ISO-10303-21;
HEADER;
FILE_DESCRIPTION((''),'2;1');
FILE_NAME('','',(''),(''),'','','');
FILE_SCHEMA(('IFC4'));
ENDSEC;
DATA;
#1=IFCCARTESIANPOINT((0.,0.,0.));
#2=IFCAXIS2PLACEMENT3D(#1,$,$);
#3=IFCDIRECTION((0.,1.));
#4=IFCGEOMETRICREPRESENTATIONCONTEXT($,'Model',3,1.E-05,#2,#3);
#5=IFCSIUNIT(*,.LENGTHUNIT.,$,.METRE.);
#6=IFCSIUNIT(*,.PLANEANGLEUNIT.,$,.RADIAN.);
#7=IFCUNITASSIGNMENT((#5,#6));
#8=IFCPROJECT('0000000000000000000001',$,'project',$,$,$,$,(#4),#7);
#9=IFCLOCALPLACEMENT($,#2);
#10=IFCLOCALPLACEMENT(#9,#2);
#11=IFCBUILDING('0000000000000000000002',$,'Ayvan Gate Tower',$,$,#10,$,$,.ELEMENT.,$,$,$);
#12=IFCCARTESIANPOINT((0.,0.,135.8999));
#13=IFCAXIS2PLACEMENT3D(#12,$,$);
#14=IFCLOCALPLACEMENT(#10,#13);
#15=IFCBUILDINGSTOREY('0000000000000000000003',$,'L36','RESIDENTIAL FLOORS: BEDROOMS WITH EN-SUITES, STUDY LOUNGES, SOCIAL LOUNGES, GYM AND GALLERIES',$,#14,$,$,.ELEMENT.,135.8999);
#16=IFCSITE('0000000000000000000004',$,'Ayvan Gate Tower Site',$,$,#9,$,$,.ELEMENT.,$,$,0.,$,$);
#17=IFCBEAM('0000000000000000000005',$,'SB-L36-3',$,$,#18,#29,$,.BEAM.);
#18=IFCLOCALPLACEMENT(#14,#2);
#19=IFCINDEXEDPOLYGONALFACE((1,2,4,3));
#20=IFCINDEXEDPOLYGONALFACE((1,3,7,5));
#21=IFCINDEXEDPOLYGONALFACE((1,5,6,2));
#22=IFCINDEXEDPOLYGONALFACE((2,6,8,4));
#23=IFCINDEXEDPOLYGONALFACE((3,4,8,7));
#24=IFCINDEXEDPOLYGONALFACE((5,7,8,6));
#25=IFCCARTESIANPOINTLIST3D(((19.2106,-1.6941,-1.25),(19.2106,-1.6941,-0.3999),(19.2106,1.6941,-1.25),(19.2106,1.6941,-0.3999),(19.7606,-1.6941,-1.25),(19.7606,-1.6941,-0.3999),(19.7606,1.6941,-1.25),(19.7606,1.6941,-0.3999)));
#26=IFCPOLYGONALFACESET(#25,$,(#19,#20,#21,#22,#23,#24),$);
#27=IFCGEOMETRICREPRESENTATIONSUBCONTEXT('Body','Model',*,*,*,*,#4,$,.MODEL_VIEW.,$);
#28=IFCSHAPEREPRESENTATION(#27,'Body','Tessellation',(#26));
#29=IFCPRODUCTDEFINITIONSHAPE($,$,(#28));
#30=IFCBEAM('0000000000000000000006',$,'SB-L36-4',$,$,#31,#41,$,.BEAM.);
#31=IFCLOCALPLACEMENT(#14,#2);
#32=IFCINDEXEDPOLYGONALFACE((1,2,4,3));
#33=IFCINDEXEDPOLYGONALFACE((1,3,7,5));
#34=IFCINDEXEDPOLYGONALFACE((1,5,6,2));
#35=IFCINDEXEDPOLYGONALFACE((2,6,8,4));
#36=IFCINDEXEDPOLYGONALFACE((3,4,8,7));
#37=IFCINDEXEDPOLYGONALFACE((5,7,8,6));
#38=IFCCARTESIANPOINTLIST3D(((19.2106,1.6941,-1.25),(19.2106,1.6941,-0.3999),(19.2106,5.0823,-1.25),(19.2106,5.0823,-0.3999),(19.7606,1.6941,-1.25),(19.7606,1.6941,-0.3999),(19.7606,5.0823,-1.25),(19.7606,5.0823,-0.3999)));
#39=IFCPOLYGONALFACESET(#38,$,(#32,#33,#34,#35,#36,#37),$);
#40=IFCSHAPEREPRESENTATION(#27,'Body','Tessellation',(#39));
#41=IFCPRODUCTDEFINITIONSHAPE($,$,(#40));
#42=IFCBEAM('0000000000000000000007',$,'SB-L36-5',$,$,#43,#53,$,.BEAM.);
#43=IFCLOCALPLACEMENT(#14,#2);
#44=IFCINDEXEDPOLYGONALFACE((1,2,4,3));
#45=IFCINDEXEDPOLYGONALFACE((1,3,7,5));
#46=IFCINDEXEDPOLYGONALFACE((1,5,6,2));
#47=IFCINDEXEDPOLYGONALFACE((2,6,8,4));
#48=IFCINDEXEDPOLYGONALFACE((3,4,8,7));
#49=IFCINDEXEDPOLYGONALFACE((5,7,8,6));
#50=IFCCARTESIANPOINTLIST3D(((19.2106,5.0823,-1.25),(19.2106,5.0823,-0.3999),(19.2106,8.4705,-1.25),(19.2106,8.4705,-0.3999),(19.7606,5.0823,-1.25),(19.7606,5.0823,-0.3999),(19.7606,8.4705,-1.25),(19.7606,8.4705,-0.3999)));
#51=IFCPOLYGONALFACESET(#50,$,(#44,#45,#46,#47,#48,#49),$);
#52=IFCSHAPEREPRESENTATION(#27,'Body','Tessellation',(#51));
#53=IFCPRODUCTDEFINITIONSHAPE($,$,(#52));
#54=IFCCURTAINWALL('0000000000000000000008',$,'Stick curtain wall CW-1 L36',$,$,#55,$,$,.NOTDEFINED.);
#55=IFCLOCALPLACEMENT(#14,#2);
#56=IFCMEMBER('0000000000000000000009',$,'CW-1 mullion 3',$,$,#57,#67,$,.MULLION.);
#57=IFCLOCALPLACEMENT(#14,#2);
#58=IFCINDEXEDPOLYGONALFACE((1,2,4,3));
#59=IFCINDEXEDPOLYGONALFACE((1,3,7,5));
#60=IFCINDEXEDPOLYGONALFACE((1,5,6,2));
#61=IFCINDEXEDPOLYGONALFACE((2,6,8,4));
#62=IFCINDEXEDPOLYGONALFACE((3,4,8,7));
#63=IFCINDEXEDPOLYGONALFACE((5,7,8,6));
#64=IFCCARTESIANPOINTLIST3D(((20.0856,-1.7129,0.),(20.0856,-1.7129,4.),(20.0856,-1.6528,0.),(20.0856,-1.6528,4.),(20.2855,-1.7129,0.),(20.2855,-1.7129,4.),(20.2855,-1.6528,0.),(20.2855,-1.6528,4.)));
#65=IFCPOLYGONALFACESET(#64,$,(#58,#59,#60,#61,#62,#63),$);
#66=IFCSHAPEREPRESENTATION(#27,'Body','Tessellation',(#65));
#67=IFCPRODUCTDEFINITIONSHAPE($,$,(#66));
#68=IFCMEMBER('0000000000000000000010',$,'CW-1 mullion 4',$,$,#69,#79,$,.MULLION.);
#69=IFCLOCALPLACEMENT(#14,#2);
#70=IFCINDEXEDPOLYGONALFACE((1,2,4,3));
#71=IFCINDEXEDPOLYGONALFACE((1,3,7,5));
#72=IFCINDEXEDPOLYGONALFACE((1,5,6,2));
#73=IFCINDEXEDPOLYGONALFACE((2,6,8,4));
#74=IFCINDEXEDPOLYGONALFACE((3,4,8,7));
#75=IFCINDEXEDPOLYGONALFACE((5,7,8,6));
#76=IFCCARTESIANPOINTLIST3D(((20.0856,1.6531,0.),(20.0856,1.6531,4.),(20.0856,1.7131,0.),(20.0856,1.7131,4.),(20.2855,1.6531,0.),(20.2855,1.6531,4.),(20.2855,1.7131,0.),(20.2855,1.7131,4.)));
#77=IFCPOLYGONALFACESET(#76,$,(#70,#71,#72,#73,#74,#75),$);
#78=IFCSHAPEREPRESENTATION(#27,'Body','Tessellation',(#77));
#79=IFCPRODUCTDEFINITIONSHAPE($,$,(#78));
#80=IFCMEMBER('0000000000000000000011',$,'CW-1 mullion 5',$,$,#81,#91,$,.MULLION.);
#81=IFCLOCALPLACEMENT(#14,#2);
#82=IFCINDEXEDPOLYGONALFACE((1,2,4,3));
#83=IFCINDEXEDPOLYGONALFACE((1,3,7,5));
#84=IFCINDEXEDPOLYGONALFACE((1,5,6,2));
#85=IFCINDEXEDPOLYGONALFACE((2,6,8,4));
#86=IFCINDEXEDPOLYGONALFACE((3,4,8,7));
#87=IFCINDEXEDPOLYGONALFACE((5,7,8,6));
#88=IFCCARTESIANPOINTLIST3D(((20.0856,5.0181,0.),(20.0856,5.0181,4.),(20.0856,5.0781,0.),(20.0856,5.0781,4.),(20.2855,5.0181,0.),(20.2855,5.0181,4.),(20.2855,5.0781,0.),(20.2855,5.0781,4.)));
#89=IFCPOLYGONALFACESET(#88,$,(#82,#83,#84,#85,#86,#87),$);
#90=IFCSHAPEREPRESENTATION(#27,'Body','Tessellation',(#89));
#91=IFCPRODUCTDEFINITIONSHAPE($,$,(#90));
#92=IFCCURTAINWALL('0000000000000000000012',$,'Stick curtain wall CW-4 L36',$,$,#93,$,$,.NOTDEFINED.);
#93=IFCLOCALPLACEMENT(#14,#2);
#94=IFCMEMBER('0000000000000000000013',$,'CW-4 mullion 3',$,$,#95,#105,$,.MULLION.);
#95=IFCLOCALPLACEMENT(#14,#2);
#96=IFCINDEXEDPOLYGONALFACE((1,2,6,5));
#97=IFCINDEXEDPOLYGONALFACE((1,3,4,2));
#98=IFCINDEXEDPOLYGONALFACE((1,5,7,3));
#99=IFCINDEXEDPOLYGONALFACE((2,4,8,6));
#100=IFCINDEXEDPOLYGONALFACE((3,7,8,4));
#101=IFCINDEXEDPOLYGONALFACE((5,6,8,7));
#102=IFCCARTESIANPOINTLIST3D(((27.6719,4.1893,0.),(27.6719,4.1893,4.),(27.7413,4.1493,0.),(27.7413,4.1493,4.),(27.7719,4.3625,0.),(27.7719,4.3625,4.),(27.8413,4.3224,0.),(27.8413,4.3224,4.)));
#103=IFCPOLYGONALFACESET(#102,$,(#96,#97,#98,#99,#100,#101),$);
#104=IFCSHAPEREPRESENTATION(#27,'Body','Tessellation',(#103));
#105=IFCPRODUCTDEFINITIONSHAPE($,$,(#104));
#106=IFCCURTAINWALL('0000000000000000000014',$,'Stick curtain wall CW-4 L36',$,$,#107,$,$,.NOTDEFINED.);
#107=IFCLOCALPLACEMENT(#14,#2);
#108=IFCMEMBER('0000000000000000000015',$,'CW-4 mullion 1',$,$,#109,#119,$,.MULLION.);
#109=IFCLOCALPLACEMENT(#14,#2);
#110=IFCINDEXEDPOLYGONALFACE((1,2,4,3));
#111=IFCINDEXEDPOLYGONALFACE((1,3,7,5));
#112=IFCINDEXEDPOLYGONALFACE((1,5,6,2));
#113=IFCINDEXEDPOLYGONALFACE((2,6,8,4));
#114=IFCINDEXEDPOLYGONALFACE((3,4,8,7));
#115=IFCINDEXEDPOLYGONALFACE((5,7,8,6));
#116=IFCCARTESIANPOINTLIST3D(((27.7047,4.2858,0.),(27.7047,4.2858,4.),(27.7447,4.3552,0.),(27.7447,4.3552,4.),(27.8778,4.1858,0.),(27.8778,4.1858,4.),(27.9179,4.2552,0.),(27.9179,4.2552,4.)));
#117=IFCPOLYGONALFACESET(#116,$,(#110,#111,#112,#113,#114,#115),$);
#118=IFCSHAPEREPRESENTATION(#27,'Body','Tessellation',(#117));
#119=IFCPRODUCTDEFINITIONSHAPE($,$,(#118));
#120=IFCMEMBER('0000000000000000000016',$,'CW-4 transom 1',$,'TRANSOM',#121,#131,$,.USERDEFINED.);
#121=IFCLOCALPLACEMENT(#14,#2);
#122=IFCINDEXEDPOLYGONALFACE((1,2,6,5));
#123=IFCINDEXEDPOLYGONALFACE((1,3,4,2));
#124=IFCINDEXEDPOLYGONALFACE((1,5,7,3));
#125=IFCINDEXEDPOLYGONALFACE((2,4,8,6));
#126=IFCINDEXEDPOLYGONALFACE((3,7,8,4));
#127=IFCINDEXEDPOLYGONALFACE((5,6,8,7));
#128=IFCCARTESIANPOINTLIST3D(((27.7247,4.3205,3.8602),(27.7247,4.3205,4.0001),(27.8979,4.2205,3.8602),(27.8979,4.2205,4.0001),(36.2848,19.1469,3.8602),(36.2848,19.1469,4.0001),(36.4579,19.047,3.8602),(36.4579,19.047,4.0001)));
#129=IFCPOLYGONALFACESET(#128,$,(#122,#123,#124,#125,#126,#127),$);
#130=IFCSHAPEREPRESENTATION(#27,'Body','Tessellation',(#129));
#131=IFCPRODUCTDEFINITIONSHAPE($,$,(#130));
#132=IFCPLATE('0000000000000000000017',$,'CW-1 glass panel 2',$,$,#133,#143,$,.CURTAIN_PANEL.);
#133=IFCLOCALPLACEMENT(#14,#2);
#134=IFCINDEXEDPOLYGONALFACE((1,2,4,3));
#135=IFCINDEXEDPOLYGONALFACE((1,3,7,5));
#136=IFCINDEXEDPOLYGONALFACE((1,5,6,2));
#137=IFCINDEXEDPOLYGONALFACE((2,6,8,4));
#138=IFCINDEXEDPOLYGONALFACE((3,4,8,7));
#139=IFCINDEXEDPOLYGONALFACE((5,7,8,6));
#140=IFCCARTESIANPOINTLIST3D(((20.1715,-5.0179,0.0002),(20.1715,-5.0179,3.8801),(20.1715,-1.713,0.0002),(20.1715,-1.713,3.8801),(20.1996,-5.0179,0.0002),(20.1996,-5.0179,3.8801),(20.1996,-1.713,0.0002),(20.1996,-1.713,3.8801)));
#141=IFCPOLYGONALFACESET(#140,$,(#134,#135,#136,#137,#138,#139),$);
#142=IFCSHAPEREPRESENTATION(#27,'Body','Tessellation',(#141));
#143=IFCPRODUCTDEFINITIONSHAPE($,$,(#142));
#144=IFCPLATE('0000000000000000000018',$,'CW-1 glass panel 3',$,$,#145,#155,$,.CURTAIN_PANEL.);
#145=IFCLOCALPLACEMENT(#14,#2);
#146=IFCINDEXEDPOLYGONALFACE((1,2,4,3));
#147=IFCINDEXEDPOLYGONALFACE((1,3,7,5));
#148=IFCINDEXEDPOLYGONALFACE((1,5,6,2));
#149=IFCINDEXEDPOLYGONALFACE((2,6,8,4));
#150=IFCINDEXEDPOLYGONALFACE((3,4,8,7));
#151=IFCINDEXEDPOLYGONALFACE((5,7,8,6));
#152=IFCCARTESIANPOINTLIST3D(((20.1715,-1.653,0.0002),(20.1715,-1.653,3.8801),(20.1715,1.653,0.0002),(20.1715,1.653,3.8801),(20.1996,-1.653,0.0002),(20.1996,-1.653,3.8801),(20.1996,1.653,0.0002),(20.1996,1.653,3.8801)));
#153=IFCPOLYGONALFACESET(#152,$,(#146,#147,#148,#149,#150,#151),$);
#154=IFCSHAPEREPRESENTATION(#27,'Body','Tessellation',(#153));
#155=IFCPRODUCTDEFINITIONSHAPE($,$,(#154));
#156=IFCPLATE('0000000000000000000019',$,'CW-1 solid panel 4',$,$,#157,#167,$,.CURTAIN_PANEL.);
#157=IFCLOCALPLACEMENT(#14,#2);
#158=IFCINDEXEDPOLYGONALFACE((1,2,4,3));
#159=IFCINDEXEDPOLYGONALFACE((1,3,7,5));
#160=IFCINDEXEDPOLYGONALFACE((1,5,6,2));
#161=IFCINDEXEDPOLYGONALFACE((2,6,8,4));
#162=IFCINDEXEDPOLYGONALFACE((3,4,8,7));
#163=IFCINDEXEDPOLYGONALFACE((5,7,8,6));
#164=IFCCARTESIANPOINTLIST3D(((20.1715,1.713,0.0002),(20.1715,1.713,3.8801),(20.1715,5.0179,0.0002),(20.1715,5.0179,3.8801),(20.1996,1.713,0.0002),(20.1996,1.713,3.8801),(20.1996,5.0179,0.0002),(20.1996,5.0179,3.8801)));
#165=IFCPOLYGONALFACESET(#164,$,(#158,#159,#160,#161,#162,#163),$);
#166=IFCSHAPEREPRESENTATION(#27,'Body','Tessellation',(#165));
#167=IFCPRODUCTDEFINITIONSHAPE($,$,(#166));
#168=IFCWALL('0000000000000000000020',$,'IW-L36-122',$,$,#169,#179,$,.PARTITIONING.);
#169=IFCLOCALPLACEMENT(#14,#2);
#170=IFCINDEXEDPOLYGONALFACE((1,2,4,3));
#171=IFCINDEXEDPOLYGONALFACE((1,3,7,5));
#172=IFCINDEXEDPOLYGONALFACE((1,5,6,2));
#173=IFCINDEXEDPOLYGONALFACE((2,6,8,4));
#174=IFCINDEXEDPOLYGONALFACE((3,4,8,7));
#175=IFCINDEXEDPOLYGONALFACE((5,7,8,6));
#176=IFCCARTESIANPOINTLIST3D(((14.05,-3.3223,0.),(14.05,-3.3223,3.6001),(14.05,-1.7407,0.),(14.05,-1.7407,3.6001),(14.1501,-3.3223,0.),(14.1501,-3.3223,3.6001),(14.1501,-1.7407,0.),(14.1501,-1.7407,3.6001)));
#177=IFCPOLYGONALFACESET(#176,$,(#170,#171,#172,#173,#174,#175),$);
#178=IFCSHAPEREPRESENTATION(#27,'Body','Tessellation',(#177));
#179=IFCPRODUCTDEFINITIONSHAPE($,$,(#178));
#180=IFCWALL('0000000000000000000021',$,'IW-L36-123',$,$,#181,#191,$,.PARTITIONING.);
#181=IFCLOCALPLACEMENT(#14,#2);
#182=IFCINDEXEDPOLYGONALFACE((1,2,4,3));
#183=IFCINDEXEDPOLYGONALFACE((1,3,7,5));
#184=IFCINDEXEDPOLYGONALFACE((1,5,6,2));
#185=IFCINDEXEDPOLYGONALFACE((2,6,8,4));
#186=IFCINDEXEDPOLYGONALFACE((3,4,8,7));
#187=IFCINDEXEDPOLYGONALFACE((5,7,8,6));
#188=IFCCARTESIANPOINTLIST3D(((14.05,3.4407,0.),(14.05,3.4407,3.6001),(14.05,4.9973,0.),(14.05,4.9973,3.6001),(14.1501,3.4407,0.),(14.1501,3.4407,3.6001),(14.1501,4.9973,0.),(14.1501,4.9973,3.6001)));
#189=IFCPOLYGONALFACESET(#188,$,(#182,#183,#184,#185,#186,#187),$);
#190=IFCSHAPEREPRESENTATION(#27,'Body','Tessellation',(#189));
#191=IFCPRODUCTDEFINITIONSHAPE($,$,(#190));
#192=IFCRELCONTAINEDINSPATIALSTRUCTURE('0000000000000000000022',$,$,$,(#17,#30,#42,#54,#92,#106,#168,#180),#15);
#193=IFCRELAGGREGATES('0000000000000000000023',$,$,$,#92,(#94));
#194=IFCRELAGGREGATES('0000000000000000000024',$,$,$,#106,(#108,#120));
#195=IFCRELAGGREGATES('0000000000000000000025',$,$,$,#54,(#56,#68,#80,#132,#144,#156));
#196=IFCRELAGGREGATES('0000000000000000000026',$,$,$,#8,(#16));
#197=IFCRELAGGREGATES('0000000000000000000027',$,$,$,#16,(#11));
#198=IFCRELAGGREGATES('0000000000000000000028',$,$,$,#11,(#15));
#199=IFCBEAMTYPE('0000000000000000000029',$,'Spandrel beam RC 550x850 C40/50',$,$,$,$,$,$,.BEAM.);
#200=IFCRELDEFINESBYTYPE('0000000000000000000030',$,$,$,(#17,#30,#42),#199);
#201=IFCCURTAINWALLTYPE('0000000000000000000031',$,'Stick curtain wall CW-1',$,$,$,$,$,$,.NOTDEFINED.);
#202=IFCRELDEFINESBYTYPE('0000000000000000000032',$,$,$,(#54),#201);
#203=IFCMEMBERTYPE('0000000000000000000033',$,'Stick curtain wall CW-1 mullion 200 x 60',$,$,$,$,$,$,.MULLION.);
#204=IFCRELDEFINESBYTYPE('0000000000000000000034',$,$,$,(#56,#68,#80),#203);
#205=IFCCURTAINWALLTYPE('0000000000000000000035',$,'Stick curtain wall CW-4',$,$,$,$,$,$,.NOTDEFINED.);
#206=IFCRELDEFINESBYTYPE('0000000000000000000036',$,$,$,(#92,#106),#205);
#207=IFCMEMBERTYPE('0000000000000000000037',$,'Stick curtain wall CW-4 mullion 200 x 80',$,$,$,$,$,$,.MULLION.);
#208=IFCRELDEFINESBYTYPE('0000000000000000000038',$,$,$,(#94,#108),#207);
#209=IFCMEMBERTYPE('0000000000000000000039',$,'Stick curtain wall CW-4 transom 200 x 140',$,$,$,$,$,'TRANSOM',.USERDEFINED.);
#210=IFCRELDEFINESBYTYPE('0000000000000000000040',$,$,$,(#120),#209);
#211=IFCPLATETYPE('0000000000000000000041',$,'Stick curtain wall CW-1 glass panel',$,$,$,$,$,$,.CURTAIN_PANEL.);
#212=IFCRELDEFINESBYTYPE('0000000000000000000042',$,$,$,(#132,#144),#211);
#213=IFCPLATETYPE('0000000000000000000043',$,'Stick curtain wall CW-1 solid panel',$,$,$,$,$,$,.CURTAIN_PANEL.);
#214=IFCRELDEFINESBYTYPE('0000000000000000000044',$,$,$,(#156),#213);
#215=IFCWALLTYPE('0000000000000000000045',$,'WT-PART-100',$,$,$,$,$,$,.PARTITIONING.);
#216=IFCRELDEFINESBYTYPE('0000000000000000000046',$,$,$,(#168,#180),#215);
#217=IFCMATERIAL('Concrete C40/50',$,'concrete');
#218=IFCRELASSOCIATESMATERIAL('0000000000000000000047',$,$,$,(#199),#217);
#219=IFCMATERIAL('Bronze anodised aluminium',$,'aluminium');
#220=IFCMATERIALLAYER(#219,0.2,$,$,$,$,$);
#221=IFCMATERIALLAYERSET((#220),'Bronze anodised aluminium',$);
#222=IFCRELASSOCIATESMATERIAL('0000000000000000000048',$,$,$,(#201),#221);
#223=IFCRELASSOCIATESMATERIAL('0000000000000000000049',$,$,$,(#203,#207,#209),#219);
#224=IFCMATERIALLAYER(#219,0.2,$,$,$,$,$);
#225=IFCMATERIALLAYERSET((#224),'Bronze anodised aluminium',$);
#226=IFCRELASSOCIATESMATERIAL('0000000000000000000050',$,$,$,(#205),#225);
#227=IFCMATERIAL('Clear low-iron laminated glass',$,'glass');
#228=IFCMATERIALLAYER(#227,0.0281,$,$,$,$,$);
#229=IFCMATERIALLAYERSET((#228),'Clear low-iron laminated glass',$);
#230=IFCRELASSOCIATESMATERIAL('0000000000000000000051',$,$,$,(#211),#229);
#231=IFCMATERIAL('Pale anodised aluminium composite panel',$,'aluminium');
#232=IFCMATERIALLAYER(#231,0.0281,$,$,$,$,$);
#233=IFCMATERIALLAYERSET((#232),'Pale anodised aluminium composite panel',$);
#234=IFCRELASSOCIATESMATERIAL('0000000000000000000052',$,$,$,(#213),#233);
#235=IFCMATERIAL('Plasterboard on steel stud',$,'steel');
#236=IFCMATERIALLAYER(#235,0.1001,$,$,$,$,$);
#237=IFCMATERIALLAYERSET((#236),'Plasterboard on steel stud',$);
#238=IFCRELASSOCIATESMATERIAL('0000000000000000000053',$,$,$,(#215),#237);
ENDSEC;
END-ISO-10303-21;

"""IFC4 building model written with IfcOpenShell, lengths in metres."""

from ifc_helpers import new_model, si_unit, direction, frame, frame_2d, origin, origin_2d, place, context, subcontext, project, spatial, rectangle, extrude, material, layer, layer_set, material_profile, profile_set, type_object, element, aggregate, save


model = new_model("IFC4")

# Units and contexts
model_context = context("Model", 3, precision=1e-05, world=origin(), true_north=direction((0.0, 1.0)))
body_context = subcontext(model_context, "Body", "Model", "MODEL_VIEW")
ifc_project = project(units=[si_unit("LENGTHUNIT", "METRE"), si_unit("PLANEANGLEUNIT", "RADIAN")], contexts=[model_context])

# Site, building, storey
site_placement = place(None, origin())
site = spatial("IfcSite", under=ifc_project, at=site_placement, Name="Ayvan Gate Tower Site", CompositionType="ELEMENT", RefElevation=0.0)
building_placement = place(site_placement, origin())
building = spatial("IfcBuilding", under=site, at=building_placement, Name="Ayvan Gate Tower", CompositionType="ELEMENT")
storey_placement = place(building_placement, frame((0.0, 0.0, 135.8999)))
storey = spatial("IfcBuildingStorey", under=building, at=storey_placement, Name="L36", Description="RESIDENTIAL FLOORS: BEDROOMS WITH EN-SUITES, STUDY LOUNGES, SOCIAL LOUNGES, GYM AND GALLERIES", CompositionType="ELEMENT", Elevation=135.8999)

# Beams
ifc_material_1 = material(Name="Concrete C40/50", Category="concrete")
ifc_material_profile_1 = material_profile(ifc_material_1, rectangle(XDim=0.55, YDim=0.8501, at=origin_2d()), Name="RC 550x850")
ifc_profile_set_1 = profile_set([ifc_material_profile_1], Name="Concrete C40/50")
beam_type = type_object("IfcBeamType", Name="Spandrel beam RC 550x850 C40/50", PredefinedType="BEAM", material=ifc_profile_set_1)
for number, where, z_axis, x_axis, name in (
    (1, (19.4856, -1.6941, -0.825), (0.0, 1.0, 0.0), (-1.0, 0.0, 0.0), "SB-L36-3"),
    (2, (19.4856, 1.6941, -0.825), (0.0, 1.0, 0.0), (-1.0, 0.0, 0.0), "SB-L36-4"),
    (3, (19.4856, 5.0823, -0.825), (0.0, 1.0, 0.0), (-1.0, 0.0, 0.0), "SB-L36-5"),
):
    element("IfcBeam", number, at=place(storey_placement, frame(where, z_axis=z_axis, x_axis=x_axis)), inside=storey, type_object=beam_type, Name=name, PredefinedType="BEAM", context=body_context, shape_type="SweptSolid", body=[
        extrude(rectangle(XDim=0.55, YDim=0.8501, at=origin_2d()), origin(), (0.0, 0.0, 1.0), 3.3882),
    ])

# Curtain wall, members
ifc_material_2 = material(Name="Bronze anodised aluminium", Category="aluminium")
ifc_layer_1 = layer(ifc_material_2, 0.2)
ifc_layer_set_1 = layer_set([ifc_layer_1], Name="Bronze anodised aluminium")
curtain_wall_type_1 = type_object("IfcCurtainWallType", Name="Stick curtain wall CW-1", PredefinedType="NOTDEFINED", material=ifc_layer_set_1)
curtain_wall_1_placement = place(storey_placement, origin())
curtain_wall_1 = element("IfcCurtainWall", 4, at=curtain_wall_1_placement, inside=storey, type_object=curtain_wall_type_1, Name="Stick curtain wall CW-1 L36", PredefinedType="NOTDEFINED")
ifc_material_profile_2 = material_profile(ifc_material_2, rectangle(XDim=0.2, YDim=0.0601, at=origin_2d()), Name="Stick curtain wall CW-1 mullion 200 x 60")
ifc_profile_set_2 = profile_set([ifc_material_profile_2], Name="Bronze anodised aluminium")
member_type_1 = type_object("IfcMemberType", Name="Stick curtain wall CW-1 mullion 200 x 60", PredefinedType="MULLION", material=ifc_profile_set_2)
member_1_placement = place(storey_placement, frame((20.1855, -1.6829, 0.0), z_axis=(0.0, 0.0, 1.0), x_axis=(1.0, 0.0, 0.0)))
member_1 = element("IfcMember", 5, at=member_1_placement, type_object=member_type_1, Name="CW-1 mullion 3", PredefinedType="MULLION", context=body_context, shape_type="SweptSolid", body=[
    extrude(rectangle(XDim=0.2, YDim=0.0601, at=origin_2d()), origin(), (0.0, 0.0, 1.0), 4.0),
])
member_2_placement = place(storey_placement, frame((20.1855, 1.6831, 0.0), z_axis=(0.0, 0.0, 1.0), x_axis=(1.0, 0.0, 0.0)))
member_2 = element("IfcMember", 6, at=member_2_placement, type_object=member_type_1, Name="CW-1 mullion 4", PredefinedType="MULLION", context=body_context, shape_type="SweptSolid", body=[
    extrude(rectangle(XDim=0.2, YDim=0.0601, at=origin_2d()), origin(), (0.0, 0.0, 1.0), 4.0),
])
member_3_placement = place(storey_placement, frame((20.1855, 5.0481, 0.0), z_axis=(0.0, 0.0, 1.0), x_axis=(1.0, 0.0, 0.0)))
member_3 = element("IfcMember", 7, at=member_3_placement, type_object=member_type_1, Name="CW-1 mullion 5", PredefinedType="MULLION", context=body_context, shape_type="SweptSolid", body=[
    extrude(rectangle(XDim=0.2, YDim=0.0601, at=origin_2d()), origin(), (0.0, 0.0, 1.0), 4.0),
])

# Curtain wall, member
ifc_layer_2 = layer(ifc_material_2, 0.2)
ifc_layer_set_2 = layer_set([ifc_layer_2], Name="Bronze anodised aluminium")
curtain_wall_type_2 = type_object("IfcCurtainWallType", Name="Stick curtain wall CW-4", PredefinedType="NOTDEFINED", material=ifc_layer_set_2)
curtain_wall_2_placement = place(storey_placement, origin())
curtain_wall_2 = element("IfcCurtainWall", 8, at=curtain_wall_2_placement, inside=storey, type_object=curtain_wall_type_2, Name="Stick curtain wall CW-4 L36", PredefinedType="NOTDEFINED")
ifc_material_profile_3 = material_profile(ifc_material_2, rectangle(XDim=0.2, YDim=0.0801, at=origin_2d()), Name="Stick curtain wall CW-4 mullion 200 x 80")
ifc_profile_set_3 = profile_set([ifc_material_profile_3], Name="Bronze anodised aluminium")
member_type_2 = type_object("IfcMemberType", Name="Stick curtain wall CW-4 mullion 200 x 80", PredefinedType="MULLION", material=ifc_profile_set_3)
member_4_placement = place(storey_placement, frame((27.7566, 4.2559, 0.0), z_axis=(0.0, 0.0, 1.0), x_axis=(-0.5, -0.866025, 0.0)))
member_4 = element("IfcMember", 9, at=member_4_placement, type_object=member_type_2, Name="CW-4 mullion 3", PredefinedType="MULLION", context=body_context, shape_type="SweptSolid", body=[
    extrude(rectangle(XDim=0.2, YDim=0.0801, at=origin_2d()), origin(), (0.0, 0.0, 1.0), 4.0),
])
aggregate(curtain_wall_2, [member_4])

# Curtain wall, members
curtain_wall_3_placement = place(storey_placement, origin())
curtain_wall_3 = element("IfcCurtainWall", 10, at=curtain_wall_3_placement, inside=storey, type_object=curtain_wall_type_2, Name="Stick curtain wall CW-4 L36", PredefinedType="NOTDEFINED")
member_5_placement = place(storey_placement, frame((27.8113, 4.2705, 0.0), z_axis=(0.0, 0.0, 1.0), x_axis=(0.866025, -0.5, 0.0)))
member_5 = element("IfcMember", 11, at=member_5_placement, type_object=member_type_2, Name="CW-4 mullion 1", PredefinedType="MULLION", context=body_context, shape_type="SweptSolid", body=[
    extrude(rectangle(XDim=0.2, YDim=0.0801, at=origin_2d()), origin(), (0.0, 0.0, 1.0), 4.0),
])
ifc_material_profile_4 = material_profile(ifc_material_2, rectangle(XDim=0.2, YDim=0.1399, at=origin_2d()), Name="Stick curtain wall CW-4 transom 200 x 140")
ifc_profile_set_4 = profile_set([ifc_material_profile_4], Name="Bronze anodised aluminium")
member_type_3 = type_object("IfcMemberType", Name="Stick curtain wall CW-4 transom 200 x 140", ElementType="TRANSOM", PredefinedType="USERDEFINED", material=ifc_profile_set_4)
member_6_placement = place(storey_placement, frame((27.8113, 4.2705, 3.9302), z_axis=(0.500001, 0.866025, 0.0), x_axis=(-0.866025, 0.500001, 0.0)))
member_6 = element("IfcMember", 12, at=member_6_placement, type_object=member_type_3, Name="CW-4 transom 1", ObjectType="TRANSOM", PredefinedType="USERDEFINED", context=body_context, shape_type="SweptSolid", body=[
    extrude(rectangle(XDim=0.2, YDim=0.1399, at=origin_2d()), origin(), (0.0, 0.0, 1.0), 17.1201),
])
aggregate(curtain_wall_3, [member_5, member_6])

# Plates
ifc_material_3 = material(Name="Clear low-iron laminated glass", Category="glass")
ifc_layer_3 = layer(ifc_material_3, 0.0281)
ifc_layer_set_3 = layer_set([ifc_layer_3], Name="Clear low-iron laminated glass")
plate_type_1 = type_object("IfcPlateType", Name="Stick curtain wall CW-1 glass panel", PredefinedType="CURTAIN_PANEL", material=ifc_layer_set_3)
plate_1_placement = place(storey_placement, frame((20.1855, -3.3655, 0.0002), z_axis=(0.0, 0.0, 1.0), x_axis=(0.0, 1.0, 0.0)))
plate_1 = element("IfcPlate", 13, at=plate_1_placement, type_object=plate_type_1, Name="CW-1 glass panel 2", PredefinedType="CURTAIN_PANEL", context=body_context, shape_type="SweptSolid", body=[
    extrude(rectangle(XDim=3.3049, YDim=0.0281, at=origin_2d()), origin(), (0.0, 0.0, 1.0), 3.8799),
])
plate_2_placement = place(storey_placement, frame((20.1855, 0.0, 0.0002), z_axis=(0.0, 0.0, 1.0), x_axis=(0.0, 1.0, 0.0)))
plate_2 = element("IfcPlate", 14, at=plate_2_placement, type_object=plate_type_1, Name="CW-1 glass panel 3", PredefinedType="CURTAIN_PANEL", context=body_context, shape_type="SweptSolid", body=[
    extrude(rectangle(XDim=3.3059, YDim=0.0281, at=origin_2d()), origin(), (0.0, 0.0, 1.0), 3.8799),
])
ifc_material_4 = material(Name="Pale anodised aluminium composite panel", Category="aluminium")
ifc_layer_4 = layer(ifc_material_4, 0.0281)
ifc_layer_set_4 = layer_set([ifc_layer_4], Name="Pale anodised aluminium composite panel")
plate_type_2 = type_object("IfcPlateType", Name="Stick curtain wall CW-1 solid panel", PredefinedType="CURTAIN_PANEL", material=ifc_layer_set_4)
plate_3_placement = place(storey_placement, frame((20.1855, 3.3655, 0.0002), z_axis=(0.0, 0.0, 1.0), x_axis=(0.0, 1.0, 0.0)))
plate_3 = element("IfcPlate", 15, at=plate_3_placement, type_object=plate_type_2, Name="CW-1 solid panel 4", PredefinedType="CURTAIN_PANEL", context=body_context, shape_type="SweptSolid", body=[
    extrude(rectangle(XDim=3.3049, YDim=0.0281, at=origin_2d()), origin(), (0.0, 0.0, 1.0), 3.8799),
])
aggregate(curtain_wall_1, [member_1, member_2, member_3, plate_1, plate_2, plate_3])

# Walls
ifc_material_5 = material(Name="Plasterboard on steel stud", Category="steel")
ifc_layer_5 = layer(ifc_material_5, 0.1001)
ifc_layer_set_5 = layer_set([ifc_layer_5], Name="Plasterboard on steel stud")
wall_type = type_object("IfcWallType", Name="WT-PART-100", PredefinedType="PARTITIONING", material=ifc_layer_set_5)
wall_1_placement = place(storey_placement, frame((14.1001, -3.3223, 0.0), z_axis=(0.0, 0.0, 1.0), x_axis=(0.0, 1.0, 0.0)))
element("IfcWall", 16, at=wall_1_placement, inside=storey, type_object=wall_type, Name="IW-L36-122", PredefinedType="PARTITIONING", context=body_context, shape_type="SweptSolid", body=[
    extrude(rectangle(XDim=1.5815, YDim=0.1001, at=frame_2d((0.7908, 0.0))), origin(), (0.0, 0.0, 1.0), 3.6001),
])
wall_2_placement = place(storey_placement, frame((14.1001, 3.4407, 0.0), z_axis=(0.0, 0.0, 1.0), x_axis=(0.0, 1.0, 0.0)))
element("IfcWall", 17, at=wall_2_placement, inside=storey, type_object=wall_type, Name="IW-L36-123", PredefinedType="PARTITIONING", context=body_context, shape_type="SweptSolid", body=[
    extrude(rectangle(XDim=1.5566, YDim=0.1001, at=frame_2d((0.7783, 0.0))), origin(), (0.0, 0.0, 1.0), 3.6001),
])

save(model, "model.ifc")
